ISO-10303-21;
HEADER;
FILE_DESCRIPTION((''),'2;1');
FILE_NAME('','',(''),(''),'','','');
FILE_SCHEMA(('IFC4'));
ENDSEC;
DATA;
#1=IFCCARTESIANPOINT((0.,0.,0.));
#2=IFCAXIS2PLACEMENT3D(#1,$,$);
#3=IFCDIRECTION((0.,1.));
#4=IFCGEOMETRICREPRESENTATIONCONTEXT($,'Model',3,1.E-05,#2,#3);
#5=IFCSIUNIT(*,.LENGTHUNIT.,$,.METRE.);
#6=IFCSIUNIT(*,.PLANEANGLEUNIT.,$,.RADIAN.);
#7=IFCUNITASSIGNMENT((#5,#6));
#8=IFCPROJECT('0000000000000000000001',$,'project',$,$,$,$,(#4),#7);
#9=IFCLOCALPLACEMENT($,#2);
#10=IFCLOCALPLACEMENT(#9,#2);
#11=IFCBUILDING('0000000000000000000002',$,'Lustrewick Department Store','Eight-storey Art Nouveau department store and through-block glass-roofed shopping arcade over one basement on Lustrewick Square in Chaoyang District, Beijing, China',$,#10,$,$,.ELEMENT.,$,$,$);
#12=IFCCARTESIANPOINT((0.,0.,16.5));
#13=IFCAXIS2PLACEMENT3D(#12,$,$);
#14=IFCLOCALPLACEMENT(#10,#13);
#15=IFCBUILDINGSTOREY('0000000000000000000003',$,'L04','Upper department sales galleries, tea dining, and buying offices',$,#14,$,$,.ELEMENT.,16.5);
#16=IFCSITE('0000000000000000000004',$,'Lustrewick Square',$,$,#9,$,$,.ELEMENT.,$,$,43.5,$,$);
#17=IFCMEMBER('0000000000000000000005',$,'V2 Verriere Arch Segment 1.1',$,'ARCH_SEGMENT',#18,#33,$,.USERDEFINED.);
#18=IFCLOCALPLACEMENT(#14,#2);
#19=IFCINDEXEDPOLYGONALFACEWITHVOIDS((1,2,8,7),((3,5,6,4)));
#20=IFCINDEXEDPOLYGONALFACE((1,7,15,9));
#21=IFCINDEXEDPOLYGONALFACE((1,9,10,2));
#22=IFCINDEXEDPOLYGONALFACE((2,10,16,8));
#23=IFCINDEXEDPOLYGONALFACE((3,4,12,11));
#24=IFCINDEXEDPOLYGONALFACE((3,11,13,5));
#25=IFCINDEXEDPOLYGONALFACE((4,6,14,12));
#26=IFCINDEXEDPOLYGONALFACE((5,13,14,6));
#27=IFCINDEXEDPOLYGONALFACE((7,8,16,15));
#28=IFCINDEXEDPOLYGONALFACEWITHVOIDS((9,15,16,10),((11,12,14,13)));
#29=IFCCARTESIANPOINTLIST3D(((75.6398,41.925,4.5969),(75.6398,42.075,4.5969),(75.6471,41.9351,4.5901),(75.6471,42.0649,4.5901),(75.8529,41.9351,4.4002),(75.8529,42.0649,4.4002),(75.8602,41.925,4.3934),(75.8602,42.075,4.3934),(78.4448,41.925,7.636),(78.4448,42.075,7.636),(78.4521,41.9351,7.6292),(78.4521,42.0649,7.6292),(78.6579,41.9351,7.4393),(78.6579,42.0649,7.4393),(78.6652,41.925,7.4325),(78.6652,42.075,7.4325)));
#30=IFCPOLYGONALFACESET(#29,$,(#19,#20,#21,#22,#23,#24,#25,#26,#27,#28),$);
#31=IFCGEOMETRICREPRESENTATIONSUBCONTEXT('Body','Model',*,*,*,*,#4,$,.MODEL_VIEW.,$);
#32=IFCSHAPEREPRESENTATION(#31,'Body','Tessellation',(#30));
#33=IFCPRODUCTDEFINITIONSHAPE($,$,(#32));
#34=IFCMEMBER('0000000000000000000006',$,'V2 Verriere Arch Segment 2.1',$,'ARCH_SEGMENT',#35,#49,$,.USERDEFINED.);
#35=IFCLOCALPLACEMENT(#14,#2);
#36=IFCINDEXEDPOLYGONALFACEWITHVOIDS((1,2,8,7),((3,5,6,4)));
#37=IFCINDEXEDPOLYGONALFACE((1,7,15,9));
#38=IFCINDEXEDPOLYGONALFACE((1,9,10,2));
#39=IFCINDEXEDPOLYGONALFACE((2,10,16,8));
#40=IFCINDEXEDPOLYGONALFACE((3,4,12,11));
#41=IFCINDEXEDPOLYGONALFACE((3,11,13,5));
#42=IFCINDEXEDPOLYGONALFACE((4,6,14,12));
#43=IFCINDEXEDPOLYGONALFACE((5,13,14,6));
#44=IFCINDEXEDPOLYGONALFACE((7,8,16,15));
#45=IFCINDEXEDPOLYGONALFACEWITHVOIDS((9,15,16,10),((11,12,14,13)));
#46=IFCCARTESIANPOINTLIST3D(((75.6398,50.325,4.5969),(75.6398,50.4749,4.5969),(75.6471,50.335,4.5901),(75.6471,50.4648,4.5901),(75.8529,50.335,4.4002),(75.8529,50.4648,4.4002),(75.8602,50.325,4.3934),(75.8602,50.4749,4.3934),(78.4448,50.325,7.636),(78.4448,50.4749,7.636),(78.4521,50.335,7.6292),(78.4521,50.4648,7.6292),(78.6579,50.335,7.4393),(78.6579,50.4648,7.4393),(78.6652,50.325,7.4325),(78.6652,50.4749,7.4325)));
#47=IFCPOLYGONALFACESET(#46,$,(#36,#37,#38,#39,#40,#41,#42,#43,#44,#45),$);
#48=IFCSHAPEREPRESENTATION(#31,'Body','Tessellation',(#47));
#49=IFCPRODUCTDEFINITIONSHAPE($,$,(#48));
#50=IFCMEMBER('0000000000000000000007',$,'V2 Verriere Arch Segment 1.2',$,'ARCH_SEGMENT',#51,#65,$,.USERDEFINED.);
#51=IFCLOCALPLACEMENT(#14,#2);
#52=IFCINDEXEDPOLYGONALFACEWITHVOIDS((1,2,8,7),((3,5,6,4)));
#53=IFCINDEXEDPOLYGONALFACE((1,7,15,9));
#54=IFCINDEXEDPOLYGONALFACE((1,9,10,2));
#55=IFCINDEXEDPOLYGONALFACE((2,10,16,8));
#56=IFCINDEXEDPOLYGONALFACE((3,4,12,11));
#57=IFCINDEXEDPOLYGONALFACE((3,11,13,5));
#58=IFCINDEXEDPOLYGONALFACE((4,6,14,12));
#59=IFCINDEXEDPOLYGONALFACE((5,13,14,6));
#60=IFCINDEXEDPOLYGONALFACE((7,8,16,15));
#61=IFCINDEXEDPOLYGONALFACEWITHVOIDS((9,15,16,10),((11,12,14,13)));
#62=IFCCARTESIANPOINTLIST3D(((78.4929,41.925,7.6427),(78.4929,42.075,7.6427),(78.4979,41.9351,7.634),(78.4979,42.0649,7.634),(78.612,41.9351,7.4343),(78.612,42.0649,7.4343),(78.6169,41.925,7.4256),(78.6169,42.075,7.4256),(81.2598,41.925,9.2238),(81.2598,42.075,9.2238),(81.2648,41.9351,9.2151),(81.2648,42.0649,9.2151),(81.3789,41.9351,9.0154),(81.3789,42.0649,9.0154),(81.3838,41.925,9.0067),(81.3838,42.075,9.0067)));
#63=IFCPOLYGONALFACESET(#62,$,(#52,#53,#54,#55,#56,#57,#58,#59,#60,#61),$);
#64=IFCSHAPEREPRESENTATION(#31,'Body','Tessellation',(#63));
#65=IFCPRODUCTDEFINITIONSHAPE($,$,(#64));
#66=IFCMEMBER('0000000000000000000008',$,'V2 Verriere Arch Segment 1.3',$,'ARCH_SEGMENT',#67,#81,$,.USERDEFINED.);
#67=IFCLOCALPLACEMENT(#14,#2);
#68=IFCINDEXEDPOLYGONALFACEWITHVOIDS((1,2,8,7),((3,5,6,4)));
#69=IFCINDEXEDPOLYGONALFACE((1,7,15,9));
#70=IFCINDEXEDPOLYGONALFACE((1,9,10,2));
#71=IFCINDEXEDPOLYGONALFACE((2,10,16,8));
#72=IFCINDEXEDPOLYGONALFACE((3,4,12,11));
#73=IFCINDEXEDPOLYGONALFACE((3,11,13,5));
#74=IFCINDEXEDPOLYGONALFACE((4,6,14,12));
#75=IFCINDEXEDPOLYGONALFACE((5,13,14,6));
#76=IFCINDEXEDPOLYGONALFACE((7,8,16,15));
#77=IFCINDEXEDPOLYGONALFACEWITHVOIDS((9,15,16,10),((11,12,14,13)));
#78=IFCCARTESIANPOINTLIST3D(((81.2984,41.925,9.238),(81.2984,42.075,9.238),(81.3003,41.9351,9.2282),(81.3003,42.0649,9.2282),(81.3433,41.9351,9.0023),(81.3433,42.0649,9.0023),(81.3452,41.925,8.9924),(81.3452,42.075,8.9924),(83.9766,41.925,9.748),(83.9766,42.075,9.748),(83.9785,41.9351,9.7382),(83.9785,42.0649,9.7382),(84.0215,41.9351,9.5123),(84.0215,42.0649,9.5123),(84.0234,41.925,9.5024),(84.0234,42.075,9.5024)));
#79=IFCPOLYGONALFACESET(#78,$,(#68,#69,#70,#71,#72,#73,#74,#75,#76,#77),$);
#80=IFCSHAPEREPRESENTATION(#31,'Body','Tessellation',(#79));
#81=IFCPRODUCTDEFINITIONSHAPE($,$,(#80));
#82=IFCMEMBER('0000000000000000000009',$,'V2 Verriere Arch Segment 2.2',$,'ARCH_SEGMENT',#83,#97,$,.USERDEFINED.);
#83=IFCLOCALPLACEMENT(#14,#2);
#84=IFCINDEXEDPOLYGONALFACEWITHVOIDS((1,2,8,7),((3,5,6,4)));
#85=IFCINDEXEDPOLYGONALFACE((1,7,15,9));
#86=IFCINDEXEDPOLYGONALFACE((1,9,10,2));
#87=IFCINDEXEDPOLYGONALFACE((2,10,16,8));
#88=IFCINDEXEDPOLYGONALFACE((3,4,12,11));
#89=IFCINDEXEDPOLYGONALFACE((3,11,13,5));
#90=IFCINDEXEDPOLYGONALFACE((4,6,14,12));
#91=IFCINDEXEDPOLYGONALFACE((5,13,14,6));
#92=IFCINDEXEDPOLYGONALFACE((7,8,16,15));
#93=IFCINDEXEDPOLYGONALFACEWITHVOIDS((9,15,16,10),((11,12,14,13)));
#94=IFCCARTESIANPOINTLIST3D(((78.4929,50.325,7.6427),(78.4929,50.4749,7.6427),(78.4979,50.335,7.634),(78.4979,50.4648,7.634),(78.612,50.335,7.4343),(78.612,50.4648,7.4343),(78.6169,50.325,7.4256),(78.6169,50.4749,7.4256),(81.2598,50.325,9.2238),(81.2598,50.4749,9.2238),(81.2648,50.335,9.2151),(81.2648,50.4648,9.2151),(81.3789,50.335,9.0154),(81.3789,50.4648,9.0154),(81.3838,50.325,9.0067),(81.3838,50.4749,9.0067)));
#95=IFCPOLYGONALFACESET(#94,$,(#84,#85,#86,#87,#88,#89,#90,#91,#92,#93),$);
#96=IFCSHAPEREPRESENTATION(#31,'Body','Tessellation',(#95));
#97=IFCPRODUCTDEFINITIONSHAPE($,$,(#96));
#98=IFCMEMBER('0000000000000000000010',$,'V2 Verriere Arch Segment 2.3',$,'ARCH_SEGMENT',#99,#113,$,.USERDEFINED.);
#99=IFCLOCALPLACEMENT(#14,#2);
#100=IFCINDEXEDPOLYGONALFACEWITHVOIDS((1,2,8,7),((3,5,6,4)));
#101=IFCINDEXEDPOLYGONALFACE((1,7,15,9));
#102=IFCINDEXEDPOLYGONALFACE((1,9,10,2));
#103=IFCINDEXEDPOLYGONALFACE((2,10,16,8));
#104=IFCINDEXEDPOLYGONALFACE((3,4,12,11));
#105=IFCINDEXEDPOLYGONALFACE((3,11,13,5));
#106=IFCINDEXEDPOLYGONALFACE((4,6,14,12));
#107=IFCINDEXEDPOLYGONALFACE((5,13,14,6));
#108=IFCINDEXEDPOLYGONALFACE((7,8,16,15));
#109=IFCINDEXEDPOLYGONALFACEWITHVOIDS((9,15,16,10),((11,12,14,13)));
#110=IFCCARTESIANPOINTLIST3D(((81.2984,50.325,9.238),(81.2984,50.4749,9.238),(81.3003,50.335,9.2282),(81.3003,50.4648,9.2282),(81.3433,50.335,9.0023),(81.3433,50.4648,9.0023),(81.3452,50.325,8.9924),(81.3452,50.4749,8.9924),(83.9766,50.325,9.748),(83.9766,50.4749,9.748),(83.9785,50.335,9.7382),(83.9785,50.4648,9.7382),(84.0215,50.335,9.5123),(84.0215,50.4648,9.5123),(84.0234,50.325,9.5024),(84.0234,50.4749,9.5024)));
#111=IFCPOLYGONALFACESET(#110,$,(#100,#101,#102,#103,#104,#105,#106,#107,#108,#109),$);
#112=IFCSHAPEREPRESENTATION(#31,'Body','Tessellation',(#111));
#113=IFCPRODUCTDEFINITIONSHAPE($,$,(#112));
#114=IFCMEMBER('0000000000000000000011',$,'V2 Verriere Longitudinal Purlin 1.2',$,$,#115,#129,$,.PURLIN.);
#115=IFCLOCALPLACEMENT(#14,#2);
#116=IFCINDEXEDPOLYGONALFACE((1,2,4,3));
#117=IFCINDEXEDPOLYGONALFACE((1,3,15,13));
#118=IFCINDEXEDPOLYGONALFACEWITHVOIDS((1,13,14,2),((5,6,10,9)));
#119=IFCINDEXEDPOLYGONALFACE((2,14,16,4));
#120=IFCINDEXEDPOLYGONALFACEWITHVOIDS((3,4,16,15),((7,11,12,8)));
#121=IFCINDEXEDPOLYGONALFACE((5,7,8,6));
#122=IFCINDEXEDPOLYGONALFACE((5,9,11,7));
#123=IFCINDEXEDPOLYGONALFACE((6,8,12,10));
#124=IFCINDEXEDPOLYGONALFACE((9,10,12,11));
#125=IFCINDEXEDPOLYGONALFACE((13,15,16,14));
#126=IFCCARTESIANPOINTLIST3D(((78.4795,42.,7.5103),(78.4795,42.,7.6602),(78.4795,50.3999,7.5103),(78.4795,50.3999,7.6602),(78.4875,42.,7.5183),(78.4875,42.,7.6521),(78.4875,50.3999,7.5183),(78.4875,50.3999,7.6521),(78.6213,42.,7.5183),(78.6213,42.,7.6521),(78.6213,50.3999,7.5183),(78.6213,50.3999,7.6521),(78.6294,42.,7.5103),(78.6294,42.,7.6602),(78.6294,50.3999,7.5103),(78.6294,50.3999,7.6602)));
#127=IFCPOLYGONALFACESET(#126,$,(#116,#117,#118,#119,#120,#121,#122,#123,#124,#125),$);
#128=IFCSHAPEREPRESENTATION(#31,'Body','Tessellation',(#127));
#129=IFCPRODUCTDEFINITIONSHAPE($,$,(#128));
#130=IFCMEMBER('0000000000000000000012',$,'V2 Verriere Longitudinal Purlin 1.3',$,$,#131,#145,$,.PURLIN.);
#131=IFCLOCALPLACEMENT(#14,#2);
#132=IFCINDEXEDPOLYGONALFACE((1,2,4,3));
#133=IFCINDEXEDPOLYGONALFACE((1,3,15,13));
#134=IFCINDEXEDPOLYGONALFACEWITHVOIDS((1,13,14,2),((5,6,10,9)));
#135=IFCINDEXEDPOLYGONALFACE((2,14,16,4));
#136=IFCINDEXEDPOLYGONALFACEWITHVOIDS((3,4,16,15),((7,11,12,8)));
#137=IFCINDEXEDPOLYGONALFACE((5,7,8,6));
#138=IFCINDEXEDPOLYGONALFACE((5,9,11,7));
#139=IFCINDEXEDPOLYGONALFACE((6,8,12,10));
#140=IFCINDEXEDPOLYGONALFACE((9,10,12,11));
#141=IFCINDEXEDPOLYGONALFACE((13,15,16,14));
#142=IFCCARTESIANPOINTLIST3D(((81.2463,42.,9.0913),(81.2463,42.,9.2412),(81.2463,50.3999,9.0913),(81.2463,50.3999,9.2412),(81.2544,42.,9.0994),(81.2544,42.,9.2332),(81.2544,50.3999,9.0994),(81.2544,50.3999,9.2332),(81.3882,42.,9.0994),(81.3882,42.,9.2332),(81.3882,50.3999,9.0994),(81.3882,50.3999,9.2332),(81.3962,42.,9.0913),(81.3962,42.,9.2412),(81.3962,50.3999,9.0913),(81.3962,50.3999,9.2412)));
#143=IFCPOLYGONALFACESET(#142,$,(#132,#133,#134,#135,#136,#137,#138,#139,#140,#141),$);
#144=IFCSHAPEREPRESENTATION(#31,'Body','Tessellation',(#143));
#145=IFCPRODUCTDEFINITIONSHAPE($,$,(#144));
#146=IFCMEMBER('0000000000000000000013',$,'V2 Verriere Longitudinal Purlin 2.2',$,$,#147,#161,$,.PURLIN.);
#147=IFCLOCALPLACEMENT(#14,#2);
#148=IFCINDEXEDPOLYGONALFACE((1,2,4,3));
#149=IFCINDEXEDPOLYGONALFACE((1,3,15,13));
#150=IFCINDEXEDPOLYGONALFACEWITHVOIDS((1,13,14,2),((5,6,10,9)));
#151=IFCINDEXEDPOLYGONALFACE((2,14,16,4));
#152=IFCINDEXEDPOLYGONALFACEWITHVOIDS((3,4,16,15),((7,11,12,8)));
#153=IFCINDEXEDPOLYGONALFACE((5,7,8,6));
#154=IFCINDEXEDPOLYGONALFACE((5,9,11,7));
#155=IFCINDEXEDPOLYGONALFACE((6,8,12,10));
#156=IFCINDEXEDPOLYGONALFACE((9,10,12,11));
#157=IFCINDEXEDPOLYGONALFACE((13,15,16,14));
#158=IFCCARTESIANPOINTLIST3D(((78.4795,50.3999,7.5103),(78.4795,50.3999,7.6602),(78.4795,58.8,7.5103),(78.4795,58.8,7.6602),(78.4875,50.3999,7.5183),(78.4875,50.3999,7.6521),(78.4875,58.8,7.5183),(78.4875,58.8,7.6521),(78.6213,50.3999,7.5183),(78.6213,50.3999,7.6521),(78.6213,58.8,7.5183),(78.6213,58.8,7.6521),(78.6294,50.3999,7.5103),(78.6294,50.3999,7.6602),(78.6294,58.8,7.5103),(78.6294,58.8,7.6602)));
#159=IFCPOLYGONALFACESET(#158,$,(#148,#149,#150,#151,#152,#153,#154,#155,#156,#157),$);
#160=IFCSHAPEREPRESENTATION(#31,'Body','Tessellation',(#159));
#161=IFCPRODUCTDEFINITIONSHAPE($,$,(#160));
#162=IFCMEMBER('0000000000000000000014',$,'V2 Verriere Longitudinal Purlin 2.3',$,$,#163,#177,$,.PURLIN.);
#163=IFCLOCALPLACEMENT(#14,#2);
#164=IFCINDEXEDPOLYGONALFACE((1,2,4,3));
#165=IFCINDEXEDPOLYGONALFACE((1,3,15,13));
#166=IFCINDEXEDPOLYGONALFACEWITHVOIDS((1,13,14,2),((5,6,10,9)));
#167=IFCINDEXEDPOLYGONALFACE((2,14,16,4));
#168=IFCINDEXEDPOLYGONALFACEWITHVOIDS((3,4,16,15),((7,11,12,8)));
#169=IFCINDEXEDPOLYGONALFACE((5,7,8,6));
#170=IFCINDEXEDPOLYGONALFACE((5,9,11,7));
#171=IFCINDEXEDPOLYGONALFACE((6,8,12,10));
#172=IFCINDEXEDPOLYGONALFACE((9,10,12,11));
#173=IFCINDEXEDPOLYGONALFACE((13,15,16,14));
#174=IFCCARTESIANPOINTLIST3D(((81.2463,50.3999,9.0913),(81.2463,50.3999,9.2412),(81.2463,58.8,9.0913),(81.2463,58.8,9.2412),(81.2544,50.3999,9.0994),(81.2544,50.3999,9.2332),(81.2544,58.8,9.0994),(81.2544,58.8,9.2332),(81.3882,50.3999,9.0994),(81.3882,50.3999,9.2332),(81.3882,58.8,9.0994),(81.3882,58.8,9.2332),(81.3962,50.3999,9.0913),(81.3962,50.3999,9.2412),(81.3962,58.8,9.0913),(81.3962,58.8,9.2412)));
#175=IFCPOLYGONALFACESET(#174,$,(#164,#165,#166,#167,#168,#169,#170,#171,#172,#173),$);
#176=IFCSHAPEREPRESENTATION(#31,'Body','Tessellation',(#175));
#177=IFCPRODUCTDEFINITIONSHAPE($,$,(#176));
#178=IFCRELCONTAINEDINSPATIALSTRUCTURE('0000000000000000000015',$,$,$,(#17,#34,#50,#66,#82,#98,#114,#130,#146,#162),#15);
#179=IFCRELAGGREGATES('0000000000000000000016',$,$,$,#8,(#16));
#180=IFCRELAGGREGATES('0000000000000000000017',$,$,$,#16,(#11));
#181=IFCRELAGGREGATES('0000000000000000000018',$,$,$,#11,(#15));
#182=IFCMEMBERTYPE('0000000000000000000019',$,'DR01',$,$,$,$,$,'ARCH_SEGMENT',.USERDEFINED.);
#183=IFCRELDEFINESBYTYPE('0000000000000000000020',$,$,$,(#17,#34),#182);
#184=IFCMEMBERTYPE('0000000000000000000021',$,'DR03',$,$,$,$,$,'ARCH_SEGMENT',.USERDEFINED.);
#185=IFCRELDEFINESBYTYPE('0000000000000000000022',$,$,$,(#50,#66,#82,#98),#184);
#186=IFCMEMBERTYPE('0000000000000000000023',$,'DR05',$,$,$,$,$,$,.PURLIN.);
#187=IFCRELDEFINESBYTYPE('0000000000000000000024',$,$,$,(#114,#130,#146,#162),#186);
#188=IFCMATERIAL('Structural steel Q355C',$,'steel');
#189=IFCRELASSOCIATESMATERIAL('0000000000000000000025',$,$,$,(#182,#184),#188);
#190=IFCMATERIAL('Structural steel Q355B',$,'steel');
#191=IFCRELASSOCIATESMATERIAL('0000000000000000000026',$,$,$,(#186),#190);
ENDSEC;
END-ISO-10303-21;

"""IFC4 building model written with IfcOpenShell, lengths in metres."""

from ifc_helpers import new_model, si_unit, direction, frame, origin, origin_2d, place, context, subcontext, project, spatial, hollow_rectangle, extrude, material, material_profile, profile_set, type_object, element, save


model = new_model("IFC4")

# Units and contexts
model_context = context("Model", 3, precision=1e-05, world=origin(), true_north=direction((0.0, 1.0)))
body_context = subcontext(model_context, "Body", "Model", "MODEL_VIEW")
ifc_project = project(units=[si_unit("LENGTHUNIT", "METRE"), si_unit("PLANEANGLEUNIT", "RADIAN")], contexts=[model_context])

# Site, building, storey
site_placement = place(None, origin())
site = spatial("IfcSite", under=ifc_project, at=site_placement, Name="Lustrewick Square", CompositionType="ELEMENT", RefElevation=43.5)
building_placement = place(site_placement, origin())
building = spatial("IfcBuilding", under=site, at=building_placement, Name="Lustrewick Department Store", Description="Eight-storey Art Nouveau department store and through-block glass-roofed shopping arcade over one basement on Lustrewick Square in Chaoyang District, Beijing, China", CompositionType="ELEMENT")
storey_placement = place(building_placement, frame((0.0, 0.0, 16.5)))
storey = spatial("IfcBuildingStorey", under=building, at=storey_placement, Name="L04", Description="Upper department sales galleries, tea dining, and buying offices", CompositionType="ELEMENT", Elevation=16.5)

# Members
ifc_material_1 = material(Name="Structural steel Q355C", Category="steel")
ifc_material_profile_1 = material_profile(ifc_material_1, hollow_rectangle(XDim=0.1499, YDim=0.3, WallThickness=0.01, at=origin_2d()), Name="RHS 300x150x10")
ifc_profile_set_1 = profile_set([ifc_material_profile_1], Name="Structural steel Q355C")
member_type_1 = type_object("IfcMemberType", Name="DR01", ElementType="ARCH_SEGMENT", PredefinedType="USERDEFINED", material=ifc_profile_set_1)
for number, where, z_axis, x_axis, name in (
    (1, (75.75, 42.0, 4.4951), (0.678234, 0.0, 0.734846), (0.0, 1.0, 0.0), "V2 Verriere Arch Segment 1.1"),
    (2, (75.75, 50.3999, 4.4951), (0.678234, 0.0, 0.734846), (0.0, 1.0, 0.0), "V2 Verriere Arch Segment 2.1"),
):
    element("IfcMember", number, at=place(storey_placement, frame(where, z_axis=z_axis, x_axis=x_axis)), inside=storey, type_object=member_type_1, Name=name, ObjectType="ARCH_SEGMENT", PredefinedType="USERDEFINED", context=body_context, shape_type="SweptSolid", body=[
        extrude(hollow_rectangle(XDim=0.1499, YDim=0.3, WallThickness=0.01, at=origin_2d()), origin(), (0.0, 0.0, 1.0), 4.1357),
    ])
ifc_material_profile_2 = material_profile(ifc_material_1, hollow_rectangle(XDim=0.1499, YDim=0.25, WallThickness=0.01, at=origin_2d()), Name="RHS 250x150x10")
ifc_profile_set_2 = profile_set([ifc_material_profile_2], Name="Structural steel Q355C")
member_type_2 = type_object("IfcMemberType", Name="DR03", ElementType="ARCH_SEGMENT", PredefinedType="USERDEFINED", material=ifc_profile_set_2)
member_1_placement = place(storey_placement, frame((78.5549, 42.0, 7.5342), z_axis=(0.868243, 0.0, 0.496139), x_axis=(0.0, 1.0, 0.0)))
element("IfcMember", 3, at=member_1_placement, inside=storey, type_object=member_type_2, Name="V2 Verriere Arch Segment 1.2", ObjectType="ARCH_SEGMENT", PredefinedType="USERDEFINED", context=body_context, shape_type="SweptSolid", body=[
    extrude(hollow_rectangle(XDim=0.1499, YDim=0.25, WallThickness=0.01, at=origin_2d()), origin(), (0.0, 0.0, 1.0), 3.1868),
])
member_2_placement = place(storey_placement, frame((81.3218, 42.0, 9.1152), z_axis=(0.982347, 0.0, 0.187067), x_axis=(0.0, 1.0, 0.0)))
element("IfcMember", 4, at=member_2_placement, inside=storey, type_object=member_type_2, Name="V2 Verriere Arch Segment 1.3", ObjectType="ARCH_SEGMENT", PredefinedType="USERDEFINED", context=body_context, shape_type="SweptSolid", body=[
    extrude(hollow_rectangle(XDim=0.1499, YDim=0.25, WallThickness=0.01, at=origin_2d()), origin(), (0.0, 0.0, 1.0), 2.7263),
])
member_3_placement = place(storey_placement, frame((78.5549, 50.3999, 7.5342), z_axis=(0.868243, 0.0, 0.496139), x_axis=(0.0, 1.0, 0.0)))
element("IfcMember", 5, at=member_3_placement, inside=storey, type_object=member_type_2, Name="V2 Verriere Arch Segment 2.2", ObjectType="ARCH_SEGMENT", PredefinedType="USERDEFINED", context=body_context, shape_type="SweptSolid", body=[
    extrude(hollow_rectangle(XDim=0.1499, YDim=0.25, WallThickness=0.01, at=origin_2d()), origin(), (0.0, 0.0, 1.0), 3.1868),
])
member_4_placement = place(storey_placement, frame((81.3218, 50.3999, 9.1152), z_axis=(0.982347, 0.0, 0.187067), x_axis=(0.0, 1.0, 0.0)))
element("IfcMember", 6, at=member_4_placement, inside=storey, type_object=member_type_2, Name="V2 Verriere Arch Segment 2.3", ObjectType="ARCH_SEGMENT", PredefinedType="USERDEFINED", context=body_context, shape_type="SweptSolid", body=[
    extrude(hollow_rectangle(XDim=0.1499, YDim=0.25, WallThickness=0.01, at=origin_2d()), origin(), (0.0, 0.0, 1.0), 2.7263),
])
ifc_material_2 = material(Name="Structural steel Q355B", Category="steel")
ifc_material_profile_3 = material_profile(ifc_material_2, hollow_rectangle(XDim=0.1499, YDim=0.1499, WallThickness=0.0081, at=origin_2d()), Name="SHS 150x150x8")
ifc_profile_set_3 = profile_set([ifc_material_profile_3], Name="Structural steel Q355B")
member_type_3 = type_object("IfcMemberType", Name="DR05", PredefinedType="PURLIN", material=ifc_profile_set_3)
for number, where, z_axis, x_axis, name in (
    (7, (78.5544, 42.0, 7.5852), (0.0, 1.0, 0.0), (-1.0, 0.0, 0.0), "V2 Verriere Longitudinal Purlin 1.2"),
    (8, (81.3213, 42.0, 9.1663), (0.0, 1.0, 0.0), (-1.0, 0.0, 0.0), "V2 Verriere Longitudinal Purlin 1.3"),
):
    element("IfcMember", number, at=place(storey_placement, frame(where, z_axis=z_axis, x_axis=x_axis)), inside=storey, type_object=member_type_3, Name=name, PredefinedType="PURLIN", context=body_context, shape_type="SweptSolid", body=[
        extrude(hollow_rectangle(XDim=0.1499, YDim=0.1499, WallThickness=0.0081, at=origin_2d()), origin(), (0.0, 0.0, 1.0), 8.3999),
    ])
for number, where, z_axis, x_axis, name in (
    (9, (78.5544, 50.3999, 7.5852), (0.0, 1.0, 0.0), (-1.0, 0.0, 0.0), "V2 Verriere Longitudinal Purlin 2.2"),
    (10, (81.3213, 50.3999, 9.1663), (0.0, 1.0, 0.0), (-1.0, 0.0, 0.0), "V2 Verriere Longitudinal Purlin 2.3"),
):
    element("IfcMember", number, at=place(storey_placement, frame(where, z_axis=z_axis, x_axis=x_axis)), inside=storey, type_object=member_type_3, Name=name, PredefinedType="PURLIN", context=body_context, shape_type="SweptSolid", body=[
        extrude(hollow_rectangle(XDim=0.1499, YDim=0.1499, WallThickness=0.0081, at=origin_2d()), origin(), (0.0, 0.0, 1.0), 8.4001),
    ])

save(model, "model.ifc")
